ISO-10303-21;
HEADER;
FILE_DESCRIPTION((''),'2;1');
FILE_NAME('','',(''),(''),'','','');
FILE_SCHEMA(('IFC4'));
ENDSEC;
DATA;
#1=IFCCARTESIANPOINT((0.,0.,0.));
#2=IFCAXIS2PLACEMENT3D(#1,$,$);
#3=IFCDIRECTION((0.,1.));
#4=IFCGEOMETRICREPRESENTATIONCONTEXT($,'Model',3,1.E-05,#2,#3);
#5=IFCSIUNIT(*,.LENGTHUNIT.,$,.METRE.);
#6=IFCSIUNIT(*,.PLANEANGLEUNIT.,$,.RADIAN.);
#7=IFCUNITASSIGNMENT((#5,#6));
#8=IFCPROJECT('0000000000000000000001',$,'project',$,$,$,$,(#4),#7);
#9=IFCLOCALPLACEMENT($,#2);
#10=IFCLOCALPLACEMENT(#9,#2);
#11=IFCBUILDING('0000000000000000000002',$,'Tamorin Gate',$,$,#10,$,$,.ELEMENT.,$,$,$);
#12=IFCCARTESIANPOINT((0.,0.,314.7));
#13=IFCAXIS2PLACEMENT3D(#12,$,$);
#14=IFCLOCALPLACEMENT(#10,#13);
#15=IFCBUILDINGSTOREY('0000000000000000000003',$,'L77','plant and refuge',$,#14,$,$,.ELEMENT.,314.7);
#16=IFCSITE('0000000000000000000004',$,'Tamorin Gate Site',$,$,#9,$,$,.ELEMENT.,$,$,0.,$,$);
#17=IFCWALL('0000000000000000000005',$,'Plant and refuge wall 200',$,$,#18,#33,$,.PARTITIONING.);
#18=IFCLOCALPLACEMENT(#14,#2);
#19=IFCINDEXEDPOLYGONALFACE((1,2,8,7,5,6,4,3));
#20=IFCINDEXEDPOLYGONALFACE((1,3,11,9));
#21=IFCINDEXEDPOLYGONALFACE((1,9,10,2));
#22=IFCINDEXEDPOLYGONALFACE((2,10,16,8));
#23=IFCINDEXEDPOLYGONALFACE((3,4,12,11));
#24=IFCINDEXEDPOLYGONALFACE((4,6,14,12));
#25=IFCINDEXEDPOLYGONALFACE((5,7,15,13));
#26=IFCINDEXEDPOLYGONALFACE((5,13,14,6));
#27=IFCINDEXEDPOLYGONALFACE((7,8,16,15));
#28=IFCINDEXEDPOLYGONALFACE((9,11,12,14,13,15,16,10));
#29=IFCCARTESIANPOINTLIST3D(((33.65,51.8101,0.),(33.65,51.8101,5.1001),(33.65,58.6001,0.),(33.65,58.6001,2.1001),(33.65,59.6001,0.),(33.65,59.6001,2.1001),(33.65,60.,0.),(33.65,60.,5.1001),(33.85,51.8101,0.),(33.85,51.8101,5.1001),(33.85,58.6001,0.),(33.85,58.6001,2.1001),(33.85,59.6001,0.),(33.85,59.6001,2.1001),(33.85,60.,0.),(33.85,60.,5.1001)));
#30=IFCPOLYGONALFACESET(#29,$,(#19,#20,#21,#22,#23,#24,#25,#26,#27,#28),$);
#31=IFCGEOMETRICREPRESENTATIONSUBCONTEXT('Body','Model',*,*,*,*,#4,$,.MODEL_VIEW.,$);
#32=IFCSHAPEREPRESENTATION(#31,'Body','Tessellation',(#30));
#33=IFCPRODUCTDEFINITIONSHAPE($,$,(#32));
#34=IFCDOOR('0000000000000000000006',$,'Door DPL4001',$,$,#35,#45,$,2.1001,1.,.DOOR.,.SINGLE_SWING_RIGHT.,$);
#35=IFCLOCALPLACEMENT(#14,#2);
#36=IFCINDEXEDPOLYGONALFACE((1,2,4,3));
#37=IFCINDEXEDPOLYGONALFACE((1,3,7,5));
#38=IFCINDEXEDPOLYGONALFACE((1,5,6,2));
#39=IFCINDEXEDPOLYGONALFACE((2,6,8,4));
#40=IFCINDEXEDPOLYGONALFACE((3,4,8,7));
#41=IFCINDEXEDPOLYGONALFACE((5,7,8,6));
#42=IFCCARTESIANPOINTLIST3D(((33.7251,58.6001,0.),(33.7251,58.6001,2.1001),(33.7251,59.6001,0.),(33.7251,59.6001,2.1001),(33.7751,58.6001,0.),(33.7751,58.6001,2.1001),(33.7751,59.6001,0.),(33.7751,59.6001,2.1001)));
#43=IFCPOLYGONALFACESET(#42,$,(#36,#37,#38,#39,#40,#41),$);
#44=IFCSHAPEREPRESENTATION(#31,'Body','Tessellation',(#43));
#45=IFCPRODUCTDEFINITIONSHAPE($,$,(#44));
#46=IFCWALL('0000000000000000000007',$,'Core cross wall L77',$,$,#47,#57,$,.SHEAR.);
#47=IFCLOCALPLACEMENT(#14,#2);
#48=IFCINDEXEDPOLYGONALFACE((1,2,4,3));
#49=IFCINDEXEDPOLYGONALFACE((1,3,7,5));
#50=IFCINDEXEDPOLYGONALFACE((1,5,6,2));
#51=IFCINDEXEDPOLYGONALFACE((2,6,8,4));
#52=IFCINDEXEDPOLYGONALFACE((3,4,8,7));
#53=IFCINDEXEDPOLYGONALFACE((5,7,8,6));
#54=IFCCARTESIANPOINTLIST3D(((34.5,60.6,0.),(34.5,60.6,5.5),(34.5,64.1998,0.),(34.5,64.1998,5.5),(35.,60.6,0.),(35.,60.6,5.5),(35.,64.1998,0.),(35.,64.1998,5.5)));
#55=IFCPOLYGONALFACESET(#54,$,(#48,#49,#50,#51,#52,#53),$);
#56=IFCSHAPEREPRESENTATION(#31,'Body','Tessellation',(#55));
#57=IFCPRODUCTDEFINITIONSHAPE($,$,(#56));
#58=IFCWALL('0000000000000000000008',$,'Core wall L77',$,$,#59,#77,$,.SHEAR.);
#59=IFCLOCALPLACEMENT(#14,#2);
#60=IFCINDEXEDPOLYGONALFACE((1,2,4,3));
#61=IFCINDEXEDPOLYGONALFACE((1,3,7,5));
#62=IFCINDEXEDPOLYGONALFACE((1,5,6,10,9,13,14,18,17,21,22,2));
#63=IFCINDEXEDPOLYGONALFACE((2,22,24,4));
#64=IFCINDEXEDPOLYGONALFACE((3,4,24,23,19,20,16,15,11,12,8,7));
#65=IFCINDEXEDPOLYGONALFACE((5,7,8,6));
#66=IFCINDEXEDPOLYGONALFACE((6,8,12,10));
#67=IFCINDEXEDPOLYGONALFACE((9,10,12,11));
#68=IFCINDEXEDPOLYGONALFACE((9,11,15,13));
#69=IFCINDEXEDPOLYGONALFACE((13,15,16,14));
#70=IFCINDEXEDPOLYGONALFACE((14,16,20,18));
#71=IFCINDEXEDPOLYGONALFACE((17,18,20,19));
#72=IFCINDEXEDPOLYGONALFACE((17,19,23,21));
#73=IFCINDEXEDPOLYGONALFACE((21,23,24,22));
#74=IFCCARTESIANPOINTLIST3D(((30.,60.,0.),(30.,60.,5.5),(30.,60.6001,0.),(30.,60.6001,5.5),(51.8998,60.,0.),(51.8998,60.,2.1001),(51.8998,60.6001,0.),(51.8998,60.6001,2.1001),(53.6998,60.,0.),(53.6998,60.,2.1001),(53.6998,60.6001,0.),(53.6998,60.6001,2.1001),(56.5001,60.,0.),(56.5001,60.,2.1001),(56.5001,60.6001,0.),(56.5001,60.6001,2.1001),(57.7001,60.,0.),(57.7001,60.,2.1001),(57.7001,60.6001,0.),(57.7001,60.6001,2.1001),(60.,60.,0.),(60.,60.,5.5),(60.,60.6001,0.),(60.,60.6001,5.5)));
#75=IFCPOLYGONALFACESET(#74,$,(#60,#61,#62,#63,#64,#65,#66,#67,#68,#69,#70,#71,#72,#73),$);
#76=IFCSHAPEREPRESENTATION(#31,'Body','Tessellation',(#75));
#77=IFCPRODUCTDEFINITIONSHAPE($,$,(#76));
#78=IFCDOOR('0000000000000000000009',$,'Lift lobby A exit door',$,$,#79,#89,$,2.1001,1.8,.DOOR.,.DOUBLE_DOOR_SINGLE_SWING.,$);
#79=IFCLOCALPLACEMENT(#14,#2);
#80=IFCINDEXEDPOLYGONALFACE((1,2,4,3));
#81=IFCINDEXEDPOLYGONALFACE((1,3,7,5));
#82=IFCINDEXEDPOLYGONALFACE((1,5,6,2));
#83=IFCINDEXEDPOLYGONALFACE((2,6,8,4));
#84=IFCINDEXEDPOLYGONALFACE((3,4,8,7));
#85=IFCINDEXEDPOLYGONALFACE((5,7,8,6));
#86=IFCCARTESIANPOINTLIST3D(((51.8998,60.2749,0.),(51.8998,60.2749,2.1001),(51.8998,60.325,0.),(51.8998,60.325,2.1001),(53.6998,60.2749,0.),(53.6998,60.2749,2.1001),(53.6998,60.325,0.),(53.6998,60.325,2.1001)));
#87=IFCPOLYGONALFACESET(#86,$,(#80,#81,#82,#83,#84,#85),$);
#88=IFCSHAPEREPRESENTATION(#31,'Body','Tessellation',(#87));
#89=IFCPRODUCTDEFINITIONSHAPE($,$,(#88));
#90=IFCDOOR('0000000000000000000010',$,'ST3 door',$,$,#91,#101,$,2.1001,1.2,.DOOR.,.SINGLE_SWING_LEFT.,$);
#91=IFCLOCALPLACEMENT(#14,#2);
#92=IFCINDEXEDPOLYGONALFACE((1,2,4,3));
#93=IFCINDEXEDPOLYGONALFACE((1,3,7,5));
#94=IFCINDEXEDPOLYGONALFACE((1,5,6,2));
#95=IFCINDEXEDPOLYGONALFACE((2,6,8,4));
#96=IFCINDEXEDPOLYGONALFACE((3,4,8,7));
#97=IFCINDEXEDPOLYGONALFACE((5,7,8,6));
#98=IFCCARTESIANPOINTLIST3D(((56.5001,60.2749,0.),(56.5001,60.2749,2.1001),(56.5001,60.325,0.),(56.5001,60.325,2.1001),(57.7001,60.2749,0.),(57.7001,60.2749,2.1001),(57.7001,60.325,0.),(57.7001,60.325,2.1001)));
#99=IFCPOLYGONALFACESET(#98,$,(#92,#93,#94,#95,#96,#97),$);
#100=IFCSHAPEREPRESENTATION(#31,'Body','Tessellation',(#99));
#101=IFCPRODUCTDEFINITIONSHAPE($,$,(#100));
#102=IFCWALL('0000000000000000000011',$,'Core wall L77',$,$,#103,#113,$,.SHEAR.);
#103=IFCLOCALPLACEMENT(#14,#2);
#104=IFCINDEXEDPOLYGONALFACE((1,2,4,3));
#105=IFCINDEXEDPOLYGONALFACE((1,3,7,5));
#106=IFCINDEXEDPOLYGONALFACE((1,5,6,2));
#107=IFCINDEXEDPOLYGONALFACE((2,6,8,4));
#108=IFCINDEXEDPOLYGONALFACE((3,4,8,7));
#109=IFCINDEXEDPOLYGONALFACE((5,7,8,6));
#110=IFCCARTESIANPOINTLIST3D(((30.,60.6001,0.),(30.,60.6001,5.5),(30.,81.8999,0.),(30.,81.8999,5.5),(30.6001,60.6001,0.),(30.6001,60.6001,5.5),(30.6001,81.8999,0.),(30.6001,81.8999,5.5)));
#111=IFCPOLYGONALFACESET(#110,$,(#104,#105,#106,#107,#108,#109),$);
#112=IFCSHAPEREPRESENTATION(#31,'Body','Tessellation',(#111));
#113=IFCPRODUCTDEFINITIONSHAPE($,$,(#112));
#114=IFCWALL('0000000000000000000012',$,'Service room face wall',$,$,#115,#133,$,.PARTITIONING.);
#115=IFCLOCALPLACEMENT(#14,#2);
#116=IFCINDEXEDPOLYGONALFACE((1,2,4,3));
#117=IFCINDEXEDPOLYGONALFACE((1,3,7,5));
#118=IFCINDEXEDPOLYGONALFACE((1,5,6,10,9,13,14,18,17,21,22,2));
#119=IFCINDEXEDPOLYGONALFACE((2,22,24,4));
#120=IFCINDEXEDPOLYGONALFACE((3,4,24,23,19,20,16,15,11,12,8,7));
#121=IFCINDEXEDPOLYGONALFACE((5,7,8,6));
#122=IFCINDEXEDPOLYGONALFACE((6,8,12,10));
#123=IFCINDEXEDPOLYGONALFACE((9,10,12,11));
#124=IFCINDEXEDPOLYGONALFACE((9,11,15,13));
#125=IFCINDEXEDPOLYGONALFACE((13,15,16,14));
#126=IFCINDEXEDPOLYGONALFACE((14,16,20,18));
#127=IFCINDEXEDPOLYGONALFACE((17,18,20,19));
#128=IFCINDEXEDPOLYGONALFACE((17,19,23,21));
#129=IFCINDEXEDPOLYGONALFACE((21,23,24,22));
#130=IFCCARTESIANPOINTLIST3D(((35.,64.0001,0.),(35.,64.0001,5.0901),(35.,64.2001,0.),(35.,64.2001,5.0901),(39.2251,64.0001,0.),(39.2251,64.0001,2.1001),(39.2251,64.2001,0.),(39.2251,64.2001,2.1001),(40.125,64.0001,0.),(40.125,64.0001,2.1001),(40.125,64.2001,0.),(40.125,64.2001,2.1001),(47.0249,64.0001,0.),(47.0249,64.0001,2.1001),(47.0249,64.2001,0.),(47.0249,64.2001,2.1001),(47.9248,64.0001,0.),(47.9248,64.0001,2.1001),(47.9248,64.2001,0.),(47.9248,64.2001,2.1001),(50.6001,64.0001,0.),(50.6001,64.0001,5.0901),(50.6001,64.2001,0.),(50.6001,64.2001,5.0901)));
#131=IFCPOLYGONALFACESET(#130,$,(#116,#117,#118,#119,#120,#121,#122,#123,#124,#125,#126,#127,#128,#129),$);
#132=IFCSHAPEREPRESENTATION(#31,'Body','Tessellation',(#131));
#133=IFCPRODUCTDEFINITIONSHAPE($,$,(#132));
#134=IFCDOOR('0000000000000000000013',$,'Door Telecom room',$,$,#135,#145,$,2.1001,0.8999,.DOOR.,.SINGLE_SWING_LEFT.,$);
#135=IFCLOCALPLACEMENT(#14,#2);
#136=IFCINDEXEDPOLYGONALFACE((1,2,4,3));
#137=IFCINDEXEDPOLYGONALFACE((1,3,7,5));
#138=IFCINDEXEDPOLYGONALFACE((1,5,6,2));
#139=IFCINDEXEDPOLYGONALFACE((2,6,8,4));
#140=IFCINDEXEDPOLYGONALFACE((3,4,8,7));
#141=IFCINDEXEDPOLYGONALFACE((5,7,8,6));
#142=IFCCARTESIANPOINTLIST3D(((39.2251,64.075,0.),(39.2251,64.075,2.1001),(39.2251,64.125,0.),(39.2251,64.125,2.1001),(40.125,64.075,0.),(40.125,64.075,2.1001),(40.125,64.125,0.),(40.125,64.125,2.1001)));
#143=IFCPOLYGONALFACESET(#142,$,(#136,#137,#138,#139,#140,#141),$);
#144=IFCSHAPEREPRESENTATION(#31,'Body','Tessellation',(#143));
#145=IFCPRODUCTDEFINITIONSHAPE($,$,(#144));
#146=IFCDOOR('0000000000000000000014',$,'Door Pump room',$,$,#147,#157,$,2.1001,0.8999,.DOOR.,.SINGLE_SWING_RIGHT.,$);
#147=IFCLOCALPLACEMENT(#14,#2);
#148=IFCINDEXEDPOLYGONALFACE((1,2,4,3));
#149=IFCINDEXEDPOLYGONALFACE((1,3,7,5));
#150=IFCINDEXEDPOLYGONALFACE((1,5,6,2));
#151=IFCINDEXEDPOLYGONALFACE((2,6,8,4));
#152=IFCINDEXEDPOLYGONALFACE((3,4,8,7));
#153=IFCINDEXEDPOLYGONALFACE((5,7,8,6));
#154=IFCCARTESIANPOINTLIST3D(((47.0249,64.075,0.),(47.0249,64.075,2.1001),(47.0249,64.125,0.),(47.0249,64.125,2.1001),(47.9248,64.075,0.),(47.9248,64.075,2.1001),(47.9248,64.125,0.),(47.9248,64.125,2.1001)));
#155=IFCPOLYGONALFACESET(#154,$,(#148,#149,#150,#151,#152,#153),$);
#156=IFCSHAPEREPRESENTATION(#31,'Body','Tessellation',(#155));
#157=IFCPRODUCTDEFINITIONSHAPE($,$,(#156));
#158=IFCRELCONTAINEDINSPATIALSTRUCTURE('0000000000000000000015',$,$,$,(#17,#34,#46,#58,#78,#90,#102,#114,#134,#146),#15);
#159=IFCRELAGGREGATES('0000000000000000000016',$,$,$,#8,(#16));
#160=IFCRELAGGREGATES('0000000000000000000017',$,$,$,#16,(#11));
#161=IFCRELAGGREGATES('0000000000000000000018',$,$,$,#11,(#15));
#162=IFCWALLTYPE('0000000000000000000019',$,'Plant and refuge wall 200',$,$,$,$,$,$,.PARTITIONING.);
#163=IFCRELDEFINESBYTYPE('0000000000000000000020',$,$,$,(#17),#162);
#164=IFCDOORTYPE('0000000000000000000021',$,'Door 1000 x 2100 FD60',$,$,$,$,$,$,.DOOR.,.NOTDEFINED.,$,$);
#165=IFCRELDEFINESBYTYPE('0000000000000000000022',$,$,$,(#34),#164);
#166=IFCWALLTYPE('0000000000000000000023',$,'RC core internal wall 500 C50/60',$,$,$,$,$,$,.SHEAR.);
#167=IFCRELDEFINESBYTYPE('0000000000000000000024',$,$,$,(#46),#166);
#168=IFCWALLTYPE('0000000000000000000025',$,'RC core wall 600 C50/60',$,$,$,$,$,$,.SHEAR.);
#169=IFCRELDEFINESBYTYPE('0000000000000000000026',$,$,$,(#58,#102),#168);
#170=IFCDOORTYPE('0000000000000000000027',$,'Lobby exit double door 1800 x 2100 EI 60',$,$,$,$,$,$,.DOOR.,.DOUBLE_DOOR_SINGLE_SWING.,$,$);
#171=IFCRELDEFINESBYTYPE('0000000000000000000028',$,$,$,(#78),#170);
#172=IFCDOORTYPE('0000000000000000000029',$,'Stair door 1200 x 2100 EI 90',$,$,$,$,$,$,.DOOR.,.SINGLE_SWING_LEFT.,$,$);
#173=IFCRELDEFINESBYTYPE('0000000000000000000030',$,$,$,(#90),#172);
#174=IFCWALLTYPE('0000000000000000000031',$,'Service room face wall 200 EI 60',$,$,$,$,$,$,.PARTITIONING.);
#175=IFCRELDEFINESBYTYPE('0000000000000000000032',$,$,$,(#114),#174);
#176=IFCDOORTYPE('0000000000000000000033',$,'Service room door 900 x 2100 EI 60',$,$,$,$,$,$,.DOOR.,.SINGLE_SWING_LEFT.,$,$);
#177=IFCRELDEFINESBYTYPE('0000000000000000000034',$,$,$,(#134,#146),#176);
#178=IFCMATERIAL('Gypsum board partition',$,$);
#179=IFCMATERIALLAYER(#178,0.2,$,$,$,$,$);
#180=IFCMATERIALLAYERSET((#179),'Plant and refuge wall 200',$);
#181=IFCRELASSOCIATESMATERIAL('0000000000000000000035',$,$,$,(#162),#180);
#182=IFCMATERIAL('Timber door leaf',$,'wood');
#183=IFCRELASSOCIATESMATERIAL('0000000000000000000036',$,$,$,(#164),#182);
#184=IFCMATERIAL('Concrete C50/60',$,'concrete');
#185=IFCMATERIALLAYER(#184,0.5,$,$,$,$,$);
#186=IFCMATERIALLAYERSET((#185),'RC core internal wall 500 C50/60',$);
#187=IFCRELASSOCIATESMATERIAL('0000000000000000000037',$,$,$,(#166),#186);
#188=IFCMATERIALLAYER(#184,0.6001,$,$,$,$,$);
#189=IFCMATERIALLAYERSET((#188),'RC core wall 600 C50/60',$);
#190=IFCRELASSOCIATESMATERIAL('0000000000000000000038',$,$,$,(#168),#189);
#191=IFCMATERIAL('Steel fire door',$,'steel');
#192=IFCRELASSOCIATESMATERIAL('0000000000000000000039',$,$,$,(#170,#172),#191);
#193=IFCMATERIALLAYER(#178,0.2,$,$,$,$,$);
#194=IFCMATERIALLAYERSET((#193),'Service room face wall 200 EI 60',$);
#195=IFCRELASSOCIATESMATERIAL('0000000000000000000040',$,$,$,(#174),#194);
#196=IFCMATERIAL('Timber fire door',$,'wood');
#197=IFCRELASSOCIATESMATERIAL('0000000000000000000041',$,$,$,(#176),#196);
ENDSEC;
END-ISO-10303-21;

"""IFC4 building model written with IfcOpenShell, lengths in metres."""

from ifc_helpers import new_model, si_unit, direction, frame, frame_2d, origin, place, context, subcontext, project, spatial, rectangle, extrude, material, layer, layer_set, type_object, element, fill, save


model = new_model("IFC4")

# Units and contexts
model_context = context("Model", 3, precision=1e-05, world=origin(), true_north=direction((0.0, 1.0)))
body_context = subcontext(model_context, "Body", "Model", "MODEL_VIEW")
ifc_project = project(units=[si_unit("LENGTHUNIT", "METRE"), si_unit("PLANEANGLEUNIT", "RADIAN")], contexts=[model_context])

# Site, building, storey
site_placement = place(None, origin())
site = spatial("IfcSite", under=ifc_project, at=site_placement, Name="Tamorin Gate Site", CompositionType="ELEMENT", RefElevation=0.0)
building_placement = place(site_placement, origin())
building = spatial("IfcBuilding", under=site, at=building_placement, Name="Tamorin Gate", CompositionType="ELEMENT")
storey_placement = place(building_placement, frame((0.0, 0.0, 314.7)))
storey = spatial("IfcBuildingStorey", under=building, at=storey_placement, Name="L77", Description="plant and refuge", CompositionType="ELEMENT", Elevation=314.7)

# Shared definitions
ifc_material_1 = material(Name="Concrete C50/60", Category="concrete")

# Shared definitions
ifc_material_2 = material(Name="Gypsum board partition")
ifc_layer_1 = layer(ifc_material_2, 0.2)
ifc_layer_set_1 = layer_set([ifc_layer_1], Name="Plant and refuge wall 200")
wall_type_1 = type_object("IfcWallType", Name="Plant and refuge wall 200", PredefinedType="PARTITIONING", material=ifc_layer_set_1)
ifc_material_3 = material(Name="Timber door leaf", Category="wood")
door_type_1 = type_object("IfcDoorType", Name="Door 1000 x 2100 FD60", OperationType="NOTDEFINED", PredefinedType="DOOR", material=ifc_material_3)

# Wall, opening, door
wall_1_placement = place(storey_placement, frame((33.75, 51.8101, 0.0), z_axis=(0.0, 0.0, 1.0), x_axis=(0.0, 1.0, 0.0)))
wall_1 = element("IfcWall", 1, at=wall_1_placement, inside=storey, type_object=wall_type_1, Name="Plant and refuge wall 200", PredefinedType="PARTITIONING", context=body_context, shape_type="SweptSolid", body=[
    extrude(rectangle(XDim=8.1899, YDim=0.2, at=frame_2d((4.095, 0.0))), origin(), (0.0, 0.0, 1.0), 5.1001),
])
opening_1_placement = place(wall_1_placement, frame((6.79, 0.0, 0.0)))
opening_1 = element("IfcOpeningElement", 2, at=opening_1_placement, cuts=wall_1, PredefinedType="OPENING", context=body_context, shape_type="SweptSolid", body=[
    extrude(rectangle(XDim=1.0, YDim=2.1001, at=frame_2d((0.5, 1.05))), frame((0.0, 0.1099, 0.0), z_axis=(0.0, -1.0, 0.0), x_axis=(1.0, 0.0, 0.0)), (0.0, 0.0, 1.0), 0.22),
])
door_1_placement = place(opening_1_placement, origin())
door_1 = element("IfcDoor", 3, at=door_1_placement, inside=storey, type_object=door_type_1, Name="Door DPL4001", OperationType="SINGLE_SWING_RIGHT", OverallHeight=2.1001, OverallWidth=1.0, PredefinedType="DOOR", context=body_context, shape_type="SweptSolid", body=[
    extrude(rectangle(XDim=1.0, YDim=2.1001, at=frame_2d((0.5, 1.05))), frame((0.0, 0.0249, 0.0), z_axis=(0.0, -1.0, 0.0), x_axis=(1.0, 0.0, 0.0)), (0.0, 0.0, 1.0), 0.05),
])
fill(opening_1, door_1)

# Wall
ifc_layer_2 = layer(ifc_material_1, 0.5)
ifc_layer_set_2 = layer_set([ifc_layer_2], Name="RC core internal wall 500 C50/60")
wall_type_2 = type_object("IfcWallType", Name="RC core internal wall 500 C50/60", PredefinedType="SHEAR", material=ifc_layer_set_2)
wall_2_placement = place(storey_placement, frame((34.75, 60.6001, 0.0), z_axis=(0.0, 0.0, 1.0), x_axis=(0.0, 1.0, 0.0)))
element("IfcWall", 4, at=wall_2_placement, inside=storey, type_object=wall_type_2, Name="Core cross wall L77", PredefinedType="SHEAR", context=body_context, shape_type="SweptSolid", body=[
    extrude(rectangle(XDim=3.5999, YDim=0.5, at=frame_2d((1.7998, 0.0))), origin(), (0.0, 0.0, 1.0), 5.5),
])

# Wall, openings, doors
ifc_layer_3 = layer(ifc_material_1, 0.6001)
ifc_layer_set_3 = layer_set([ifc_layer_3], Name="RC core wall 600 C50/60")
wall_type_3 = type_object("IfcWallType", Name="RC core wall 600 C50/60", PredefinedType="SHEAR", material=ifc_layer_set_3)
wall_3_placement = place(storey_placement, frame((30.0, 60.3, 0.0), z_axis=(0.0, 0.0, 1.0), x_axis=(1.0, 0.0, 0.0)))
wall_3 = element("IfcWall", 5, at=wall_3_placement, inside=storey, type_object=wall_type_3, Name="Core wall L77", PredefinedType="SHEAR", context=body_context, shape_type="SweptSolid", body=[
    extrude(rectangle(XDim=30.0, YDim=0.6001, at=frame_2d((15.0, 0.0))), origin(), (0.0, 0.0, 1.0), 5.5),
])
opening_2_placement = place(wall_3_placement, frame((21.8999, 0.0, 0.0)))
opening_2 = element("IfcOpeningElement", 6, at=opening_2_placement, cuts=wall_3, PredefinedType="OPENING", context=body_context, shape_type="SweptSolid", body=[
    extrude(rectangle(XDim=1.8, YDim=2.1001, at=frame_2d((0.8999, 1.05))), frame((0.0, 0.3101, 0.0), z_axis=(0.0, -1.0, 0.0), x_axis=(1.0, 0.0, 0.0)), (0.0, 0.0, 1.0), 0.6201),
])
opening_3_placement = place(wall_3_placement, frame((26.5, 0.0, 0.0)))
opening_3 = element("IfcOpeningElement", 7, at=opening_3_placement, cuts=wall_3, PredefinedType="OPENING", context=body_context, shape_type="SweptSolid", body=[
    extrude(rectangle(XDim=1.2, YDim=2.1001, at=frame_2d((0.6001, 1.05))), frame((0.0, 0.3101, 0.0), z_axis=(0.0, -1.0, 0.0), x_axis=(1.0, 0.0, 0.0)), (0.0, 0.0, 1.0), 0.6201),
])
ifc_material_4 = material(Name="Steel fire door", Category="steel")
door_type_2 = type_object("IfcDoorType", Name="Lobby exit double door 1800 x 2100 EI 60", OperationType="DOUBLE_DOOR_SINGLE_SWING", PredefinedType="DOOR", material=ifc_material_4)
door_2_placement = place(opening_2_placement, origin())
door_2 = element("IfcDoor", 8, at=door_2_placement, inside=storey, type_object=door_type_2, Name="Lift lobby A exit door", OperationType="DOUBLE_DOOR_SINGLE_SWING", OverallHeight=2.1001, OverallWidth=1.8, PredefinedType="DOOR", context=body_context, shape_type="SweptSolid", body=[
    extrude(rectangle(XDim=1.8, YDim=2.1001, at=frame_2d((0.8999, 1.05))), frame((0.0, 0.0249, 0.0), z_axis=(0.0, -1.0, 0.0), x_axis=(1.0, 0.0, 0.0)), (0.0, 0.0, 1.0), 0.05),
])
fill(opening_2, door_2)
door_type_3 = type_object("IfcDoorType", Name="Stair door 1200 x 2100 EI 90", OperationType="SINGLE_SWING_LEFT", PredefinedType="DOOR", material=ifc_material_4)
door_3_placement = place(opening_3_placement, origin())
door_3 = element("IfcDoor", 9, at=door_3_placement, inside=storey, type_object=door_type_3, Name="ST3 door", OperationType="SINGLE_SWING_LEFT", OverallHeight=2.1001, OverallWidth=1.2, PredefinedType="DOOR", context=body_context, shape_type="SweptSolid", body=[
    extrude(rectangle(XDim=1.2, YDim=2.1001, at=frame_2d((0.6001, 1.05))), frame((0.0, 0.0249, 0.0), z_axis=(0.0, -1.0, 0.0), x_axis=(1.0, 0.0, 0.0)), (0.0, 0.0, 1.0), 0.05),
])
fill(opening_3, door_3)

# Wall
wall_4_placement = place(storey_placement, frame((30.3, 60.6001, 0.0), z_axis=(0.0, 0.0, 1.0), x_axis=(0.0, 1.0, 0.0)))
element("IfcWall", 10, at=wall_4_placement, inside=storey, type_object=wall_type_3, Name="Core wall L77", PredefinedType="SHEAR", context=body_context, shape_type="SweptSolid", body=[
    extrude(rectangle(XDim=21.2998, YDim=0.6001, at=frame_2d((10.6499, 0.0))), origin(), (0.0, 0.0, 1.0), 5.5),
])

# Wall, openings, doors
ifc_layer_4 = layer(ifc_material_2, 0.2)
ifc_layer_set_4 = layer_set([ifc_layer_4], Name="Service room face wall 200 EI 60")
wall_type_4 = type_object("IfcWallType", Name="Service room face wall 200 EI 60", PredefinedType="PARTITIONING", material=ifc_layer_set_4)
wall_5_placement = place(storey_placement, frame((35.0, 64.1001, 0.0), z_axis=(0.0, 0.0, 1.0), x_axis=(1.0, 0.0, 0.0)))
wall_5 = element("IfcWall", 11, at=wall_5_placement, inside=storey, type_object=wall_type_4, Name="Service room face wall", PredefinedType="PARTITIONING", context=body_context, shape_type="SweptSolid", body=[
    extrude(rectangle(XDim=15.6001, YDim=0.2, at=frame_2d((7.8, 0.0))), origin(), (0.0, 0.0, 1.0), 5.0901),
])
opening_4_placement = place(wall_5_placement, frame((4.2251, 0.0, 0.0)))
opening_4 = element("IfcOpeningElement", 12, at=opening_4_placement, cuts=wall_5, PredefinedType="OPENING", context=body_context, shape_type="SweptSolid", body=[
    extrude(rectangle(XDim=0.8999, YDim=2.1001, at=frame_2d((0.45, 1.05))), frame((0.0, 0.1099, 0.0), z_axis=(0.0, -1.0, 0.0), x_axis=(1.0, 0.0, 0.0)), (0.0, 0.0, 1.0), 0.22),
])
opening_5_placement = place(wall_5_placement, frame((12.0249, 0.0, 0.0)))
opening_5 = element("IfcOpeningElement", 13, at=opening_5_placement, cuts=wall_5, PredefinedType="OPENING", context=body_context, shape_type="SweptSolid", body=[
    extrude(rectangle(XDim=0.8999, YDim=2.1001, at=frame_2d((0.45, 1.05))), frame((0.0, 0.1099, 0.0), z_axis=(0.0, -1.0, 0.0), x_axis=(1.0, 0.0, 0.0)), (0.0, 0.0, 1.0), 0.22),
])
ifc_material_5 = material(Name="Timber fire door", Category="wood")
door_type_4 = type_object("IfcDoorType", Name="Service room door 900 x 2100 EI 60", OperationType="SINGLE_SWING_LEFT", PredefinedType="DOOR", material=ifc_material_5)
door_4_placement = place(opening_4_placement, origin())
door_4 = element("IfcDoor", 14, at=door_4_placement, inside=storey, type_object=door_type_4, Name="Door Telecom room", OperationType="SINGLE_SWING_LEFT", OverallHeight=2.1001, OverallWidth=0.8999, PredefinedType="DOOR", context=body_context, shape_type="SweptSolid", body=[
    extrude(rectangle(XDim=0.8999, YDim=2.1001, at=frame_2d((0.45, 1.05))), frame((0.0, 0.0249, 0.0), z_axis=(0.0, -1.0, 0.0), x_axis=(1.0, 0.0, 0.0)), (0.0, 0.0, 1.0), 0.05),
])
fill(opening_4, door_4)
door_5_placement = place(opening_5_placement, origin())
door_5 = element("IfcDoor", 15, at=door_5_placement, inside=storey, type_object=door_type_4, Name="Door Pump room", OperationType="SINGLE_SWING_RIGHT", OverallHeight=2.1001, OverallWidth=0.8999, PredefinedType="DOOR", context=body_context, shape_type="SweptSolid", body=[
    extrude(rectangle(XDim=0.8999, YDim=2.1001, at=frame_2d((0.45, 1.05))), frame((0.0, 0.0249, 0.0), z_axis=(0.0, -1.0, 0.0), x_axis=(1.0, 0.0, 0.0)), (0.0, 0.0, 1.0), 0.05),
])
fill(opening_5, door_5)

save(model, "model.ifc")
